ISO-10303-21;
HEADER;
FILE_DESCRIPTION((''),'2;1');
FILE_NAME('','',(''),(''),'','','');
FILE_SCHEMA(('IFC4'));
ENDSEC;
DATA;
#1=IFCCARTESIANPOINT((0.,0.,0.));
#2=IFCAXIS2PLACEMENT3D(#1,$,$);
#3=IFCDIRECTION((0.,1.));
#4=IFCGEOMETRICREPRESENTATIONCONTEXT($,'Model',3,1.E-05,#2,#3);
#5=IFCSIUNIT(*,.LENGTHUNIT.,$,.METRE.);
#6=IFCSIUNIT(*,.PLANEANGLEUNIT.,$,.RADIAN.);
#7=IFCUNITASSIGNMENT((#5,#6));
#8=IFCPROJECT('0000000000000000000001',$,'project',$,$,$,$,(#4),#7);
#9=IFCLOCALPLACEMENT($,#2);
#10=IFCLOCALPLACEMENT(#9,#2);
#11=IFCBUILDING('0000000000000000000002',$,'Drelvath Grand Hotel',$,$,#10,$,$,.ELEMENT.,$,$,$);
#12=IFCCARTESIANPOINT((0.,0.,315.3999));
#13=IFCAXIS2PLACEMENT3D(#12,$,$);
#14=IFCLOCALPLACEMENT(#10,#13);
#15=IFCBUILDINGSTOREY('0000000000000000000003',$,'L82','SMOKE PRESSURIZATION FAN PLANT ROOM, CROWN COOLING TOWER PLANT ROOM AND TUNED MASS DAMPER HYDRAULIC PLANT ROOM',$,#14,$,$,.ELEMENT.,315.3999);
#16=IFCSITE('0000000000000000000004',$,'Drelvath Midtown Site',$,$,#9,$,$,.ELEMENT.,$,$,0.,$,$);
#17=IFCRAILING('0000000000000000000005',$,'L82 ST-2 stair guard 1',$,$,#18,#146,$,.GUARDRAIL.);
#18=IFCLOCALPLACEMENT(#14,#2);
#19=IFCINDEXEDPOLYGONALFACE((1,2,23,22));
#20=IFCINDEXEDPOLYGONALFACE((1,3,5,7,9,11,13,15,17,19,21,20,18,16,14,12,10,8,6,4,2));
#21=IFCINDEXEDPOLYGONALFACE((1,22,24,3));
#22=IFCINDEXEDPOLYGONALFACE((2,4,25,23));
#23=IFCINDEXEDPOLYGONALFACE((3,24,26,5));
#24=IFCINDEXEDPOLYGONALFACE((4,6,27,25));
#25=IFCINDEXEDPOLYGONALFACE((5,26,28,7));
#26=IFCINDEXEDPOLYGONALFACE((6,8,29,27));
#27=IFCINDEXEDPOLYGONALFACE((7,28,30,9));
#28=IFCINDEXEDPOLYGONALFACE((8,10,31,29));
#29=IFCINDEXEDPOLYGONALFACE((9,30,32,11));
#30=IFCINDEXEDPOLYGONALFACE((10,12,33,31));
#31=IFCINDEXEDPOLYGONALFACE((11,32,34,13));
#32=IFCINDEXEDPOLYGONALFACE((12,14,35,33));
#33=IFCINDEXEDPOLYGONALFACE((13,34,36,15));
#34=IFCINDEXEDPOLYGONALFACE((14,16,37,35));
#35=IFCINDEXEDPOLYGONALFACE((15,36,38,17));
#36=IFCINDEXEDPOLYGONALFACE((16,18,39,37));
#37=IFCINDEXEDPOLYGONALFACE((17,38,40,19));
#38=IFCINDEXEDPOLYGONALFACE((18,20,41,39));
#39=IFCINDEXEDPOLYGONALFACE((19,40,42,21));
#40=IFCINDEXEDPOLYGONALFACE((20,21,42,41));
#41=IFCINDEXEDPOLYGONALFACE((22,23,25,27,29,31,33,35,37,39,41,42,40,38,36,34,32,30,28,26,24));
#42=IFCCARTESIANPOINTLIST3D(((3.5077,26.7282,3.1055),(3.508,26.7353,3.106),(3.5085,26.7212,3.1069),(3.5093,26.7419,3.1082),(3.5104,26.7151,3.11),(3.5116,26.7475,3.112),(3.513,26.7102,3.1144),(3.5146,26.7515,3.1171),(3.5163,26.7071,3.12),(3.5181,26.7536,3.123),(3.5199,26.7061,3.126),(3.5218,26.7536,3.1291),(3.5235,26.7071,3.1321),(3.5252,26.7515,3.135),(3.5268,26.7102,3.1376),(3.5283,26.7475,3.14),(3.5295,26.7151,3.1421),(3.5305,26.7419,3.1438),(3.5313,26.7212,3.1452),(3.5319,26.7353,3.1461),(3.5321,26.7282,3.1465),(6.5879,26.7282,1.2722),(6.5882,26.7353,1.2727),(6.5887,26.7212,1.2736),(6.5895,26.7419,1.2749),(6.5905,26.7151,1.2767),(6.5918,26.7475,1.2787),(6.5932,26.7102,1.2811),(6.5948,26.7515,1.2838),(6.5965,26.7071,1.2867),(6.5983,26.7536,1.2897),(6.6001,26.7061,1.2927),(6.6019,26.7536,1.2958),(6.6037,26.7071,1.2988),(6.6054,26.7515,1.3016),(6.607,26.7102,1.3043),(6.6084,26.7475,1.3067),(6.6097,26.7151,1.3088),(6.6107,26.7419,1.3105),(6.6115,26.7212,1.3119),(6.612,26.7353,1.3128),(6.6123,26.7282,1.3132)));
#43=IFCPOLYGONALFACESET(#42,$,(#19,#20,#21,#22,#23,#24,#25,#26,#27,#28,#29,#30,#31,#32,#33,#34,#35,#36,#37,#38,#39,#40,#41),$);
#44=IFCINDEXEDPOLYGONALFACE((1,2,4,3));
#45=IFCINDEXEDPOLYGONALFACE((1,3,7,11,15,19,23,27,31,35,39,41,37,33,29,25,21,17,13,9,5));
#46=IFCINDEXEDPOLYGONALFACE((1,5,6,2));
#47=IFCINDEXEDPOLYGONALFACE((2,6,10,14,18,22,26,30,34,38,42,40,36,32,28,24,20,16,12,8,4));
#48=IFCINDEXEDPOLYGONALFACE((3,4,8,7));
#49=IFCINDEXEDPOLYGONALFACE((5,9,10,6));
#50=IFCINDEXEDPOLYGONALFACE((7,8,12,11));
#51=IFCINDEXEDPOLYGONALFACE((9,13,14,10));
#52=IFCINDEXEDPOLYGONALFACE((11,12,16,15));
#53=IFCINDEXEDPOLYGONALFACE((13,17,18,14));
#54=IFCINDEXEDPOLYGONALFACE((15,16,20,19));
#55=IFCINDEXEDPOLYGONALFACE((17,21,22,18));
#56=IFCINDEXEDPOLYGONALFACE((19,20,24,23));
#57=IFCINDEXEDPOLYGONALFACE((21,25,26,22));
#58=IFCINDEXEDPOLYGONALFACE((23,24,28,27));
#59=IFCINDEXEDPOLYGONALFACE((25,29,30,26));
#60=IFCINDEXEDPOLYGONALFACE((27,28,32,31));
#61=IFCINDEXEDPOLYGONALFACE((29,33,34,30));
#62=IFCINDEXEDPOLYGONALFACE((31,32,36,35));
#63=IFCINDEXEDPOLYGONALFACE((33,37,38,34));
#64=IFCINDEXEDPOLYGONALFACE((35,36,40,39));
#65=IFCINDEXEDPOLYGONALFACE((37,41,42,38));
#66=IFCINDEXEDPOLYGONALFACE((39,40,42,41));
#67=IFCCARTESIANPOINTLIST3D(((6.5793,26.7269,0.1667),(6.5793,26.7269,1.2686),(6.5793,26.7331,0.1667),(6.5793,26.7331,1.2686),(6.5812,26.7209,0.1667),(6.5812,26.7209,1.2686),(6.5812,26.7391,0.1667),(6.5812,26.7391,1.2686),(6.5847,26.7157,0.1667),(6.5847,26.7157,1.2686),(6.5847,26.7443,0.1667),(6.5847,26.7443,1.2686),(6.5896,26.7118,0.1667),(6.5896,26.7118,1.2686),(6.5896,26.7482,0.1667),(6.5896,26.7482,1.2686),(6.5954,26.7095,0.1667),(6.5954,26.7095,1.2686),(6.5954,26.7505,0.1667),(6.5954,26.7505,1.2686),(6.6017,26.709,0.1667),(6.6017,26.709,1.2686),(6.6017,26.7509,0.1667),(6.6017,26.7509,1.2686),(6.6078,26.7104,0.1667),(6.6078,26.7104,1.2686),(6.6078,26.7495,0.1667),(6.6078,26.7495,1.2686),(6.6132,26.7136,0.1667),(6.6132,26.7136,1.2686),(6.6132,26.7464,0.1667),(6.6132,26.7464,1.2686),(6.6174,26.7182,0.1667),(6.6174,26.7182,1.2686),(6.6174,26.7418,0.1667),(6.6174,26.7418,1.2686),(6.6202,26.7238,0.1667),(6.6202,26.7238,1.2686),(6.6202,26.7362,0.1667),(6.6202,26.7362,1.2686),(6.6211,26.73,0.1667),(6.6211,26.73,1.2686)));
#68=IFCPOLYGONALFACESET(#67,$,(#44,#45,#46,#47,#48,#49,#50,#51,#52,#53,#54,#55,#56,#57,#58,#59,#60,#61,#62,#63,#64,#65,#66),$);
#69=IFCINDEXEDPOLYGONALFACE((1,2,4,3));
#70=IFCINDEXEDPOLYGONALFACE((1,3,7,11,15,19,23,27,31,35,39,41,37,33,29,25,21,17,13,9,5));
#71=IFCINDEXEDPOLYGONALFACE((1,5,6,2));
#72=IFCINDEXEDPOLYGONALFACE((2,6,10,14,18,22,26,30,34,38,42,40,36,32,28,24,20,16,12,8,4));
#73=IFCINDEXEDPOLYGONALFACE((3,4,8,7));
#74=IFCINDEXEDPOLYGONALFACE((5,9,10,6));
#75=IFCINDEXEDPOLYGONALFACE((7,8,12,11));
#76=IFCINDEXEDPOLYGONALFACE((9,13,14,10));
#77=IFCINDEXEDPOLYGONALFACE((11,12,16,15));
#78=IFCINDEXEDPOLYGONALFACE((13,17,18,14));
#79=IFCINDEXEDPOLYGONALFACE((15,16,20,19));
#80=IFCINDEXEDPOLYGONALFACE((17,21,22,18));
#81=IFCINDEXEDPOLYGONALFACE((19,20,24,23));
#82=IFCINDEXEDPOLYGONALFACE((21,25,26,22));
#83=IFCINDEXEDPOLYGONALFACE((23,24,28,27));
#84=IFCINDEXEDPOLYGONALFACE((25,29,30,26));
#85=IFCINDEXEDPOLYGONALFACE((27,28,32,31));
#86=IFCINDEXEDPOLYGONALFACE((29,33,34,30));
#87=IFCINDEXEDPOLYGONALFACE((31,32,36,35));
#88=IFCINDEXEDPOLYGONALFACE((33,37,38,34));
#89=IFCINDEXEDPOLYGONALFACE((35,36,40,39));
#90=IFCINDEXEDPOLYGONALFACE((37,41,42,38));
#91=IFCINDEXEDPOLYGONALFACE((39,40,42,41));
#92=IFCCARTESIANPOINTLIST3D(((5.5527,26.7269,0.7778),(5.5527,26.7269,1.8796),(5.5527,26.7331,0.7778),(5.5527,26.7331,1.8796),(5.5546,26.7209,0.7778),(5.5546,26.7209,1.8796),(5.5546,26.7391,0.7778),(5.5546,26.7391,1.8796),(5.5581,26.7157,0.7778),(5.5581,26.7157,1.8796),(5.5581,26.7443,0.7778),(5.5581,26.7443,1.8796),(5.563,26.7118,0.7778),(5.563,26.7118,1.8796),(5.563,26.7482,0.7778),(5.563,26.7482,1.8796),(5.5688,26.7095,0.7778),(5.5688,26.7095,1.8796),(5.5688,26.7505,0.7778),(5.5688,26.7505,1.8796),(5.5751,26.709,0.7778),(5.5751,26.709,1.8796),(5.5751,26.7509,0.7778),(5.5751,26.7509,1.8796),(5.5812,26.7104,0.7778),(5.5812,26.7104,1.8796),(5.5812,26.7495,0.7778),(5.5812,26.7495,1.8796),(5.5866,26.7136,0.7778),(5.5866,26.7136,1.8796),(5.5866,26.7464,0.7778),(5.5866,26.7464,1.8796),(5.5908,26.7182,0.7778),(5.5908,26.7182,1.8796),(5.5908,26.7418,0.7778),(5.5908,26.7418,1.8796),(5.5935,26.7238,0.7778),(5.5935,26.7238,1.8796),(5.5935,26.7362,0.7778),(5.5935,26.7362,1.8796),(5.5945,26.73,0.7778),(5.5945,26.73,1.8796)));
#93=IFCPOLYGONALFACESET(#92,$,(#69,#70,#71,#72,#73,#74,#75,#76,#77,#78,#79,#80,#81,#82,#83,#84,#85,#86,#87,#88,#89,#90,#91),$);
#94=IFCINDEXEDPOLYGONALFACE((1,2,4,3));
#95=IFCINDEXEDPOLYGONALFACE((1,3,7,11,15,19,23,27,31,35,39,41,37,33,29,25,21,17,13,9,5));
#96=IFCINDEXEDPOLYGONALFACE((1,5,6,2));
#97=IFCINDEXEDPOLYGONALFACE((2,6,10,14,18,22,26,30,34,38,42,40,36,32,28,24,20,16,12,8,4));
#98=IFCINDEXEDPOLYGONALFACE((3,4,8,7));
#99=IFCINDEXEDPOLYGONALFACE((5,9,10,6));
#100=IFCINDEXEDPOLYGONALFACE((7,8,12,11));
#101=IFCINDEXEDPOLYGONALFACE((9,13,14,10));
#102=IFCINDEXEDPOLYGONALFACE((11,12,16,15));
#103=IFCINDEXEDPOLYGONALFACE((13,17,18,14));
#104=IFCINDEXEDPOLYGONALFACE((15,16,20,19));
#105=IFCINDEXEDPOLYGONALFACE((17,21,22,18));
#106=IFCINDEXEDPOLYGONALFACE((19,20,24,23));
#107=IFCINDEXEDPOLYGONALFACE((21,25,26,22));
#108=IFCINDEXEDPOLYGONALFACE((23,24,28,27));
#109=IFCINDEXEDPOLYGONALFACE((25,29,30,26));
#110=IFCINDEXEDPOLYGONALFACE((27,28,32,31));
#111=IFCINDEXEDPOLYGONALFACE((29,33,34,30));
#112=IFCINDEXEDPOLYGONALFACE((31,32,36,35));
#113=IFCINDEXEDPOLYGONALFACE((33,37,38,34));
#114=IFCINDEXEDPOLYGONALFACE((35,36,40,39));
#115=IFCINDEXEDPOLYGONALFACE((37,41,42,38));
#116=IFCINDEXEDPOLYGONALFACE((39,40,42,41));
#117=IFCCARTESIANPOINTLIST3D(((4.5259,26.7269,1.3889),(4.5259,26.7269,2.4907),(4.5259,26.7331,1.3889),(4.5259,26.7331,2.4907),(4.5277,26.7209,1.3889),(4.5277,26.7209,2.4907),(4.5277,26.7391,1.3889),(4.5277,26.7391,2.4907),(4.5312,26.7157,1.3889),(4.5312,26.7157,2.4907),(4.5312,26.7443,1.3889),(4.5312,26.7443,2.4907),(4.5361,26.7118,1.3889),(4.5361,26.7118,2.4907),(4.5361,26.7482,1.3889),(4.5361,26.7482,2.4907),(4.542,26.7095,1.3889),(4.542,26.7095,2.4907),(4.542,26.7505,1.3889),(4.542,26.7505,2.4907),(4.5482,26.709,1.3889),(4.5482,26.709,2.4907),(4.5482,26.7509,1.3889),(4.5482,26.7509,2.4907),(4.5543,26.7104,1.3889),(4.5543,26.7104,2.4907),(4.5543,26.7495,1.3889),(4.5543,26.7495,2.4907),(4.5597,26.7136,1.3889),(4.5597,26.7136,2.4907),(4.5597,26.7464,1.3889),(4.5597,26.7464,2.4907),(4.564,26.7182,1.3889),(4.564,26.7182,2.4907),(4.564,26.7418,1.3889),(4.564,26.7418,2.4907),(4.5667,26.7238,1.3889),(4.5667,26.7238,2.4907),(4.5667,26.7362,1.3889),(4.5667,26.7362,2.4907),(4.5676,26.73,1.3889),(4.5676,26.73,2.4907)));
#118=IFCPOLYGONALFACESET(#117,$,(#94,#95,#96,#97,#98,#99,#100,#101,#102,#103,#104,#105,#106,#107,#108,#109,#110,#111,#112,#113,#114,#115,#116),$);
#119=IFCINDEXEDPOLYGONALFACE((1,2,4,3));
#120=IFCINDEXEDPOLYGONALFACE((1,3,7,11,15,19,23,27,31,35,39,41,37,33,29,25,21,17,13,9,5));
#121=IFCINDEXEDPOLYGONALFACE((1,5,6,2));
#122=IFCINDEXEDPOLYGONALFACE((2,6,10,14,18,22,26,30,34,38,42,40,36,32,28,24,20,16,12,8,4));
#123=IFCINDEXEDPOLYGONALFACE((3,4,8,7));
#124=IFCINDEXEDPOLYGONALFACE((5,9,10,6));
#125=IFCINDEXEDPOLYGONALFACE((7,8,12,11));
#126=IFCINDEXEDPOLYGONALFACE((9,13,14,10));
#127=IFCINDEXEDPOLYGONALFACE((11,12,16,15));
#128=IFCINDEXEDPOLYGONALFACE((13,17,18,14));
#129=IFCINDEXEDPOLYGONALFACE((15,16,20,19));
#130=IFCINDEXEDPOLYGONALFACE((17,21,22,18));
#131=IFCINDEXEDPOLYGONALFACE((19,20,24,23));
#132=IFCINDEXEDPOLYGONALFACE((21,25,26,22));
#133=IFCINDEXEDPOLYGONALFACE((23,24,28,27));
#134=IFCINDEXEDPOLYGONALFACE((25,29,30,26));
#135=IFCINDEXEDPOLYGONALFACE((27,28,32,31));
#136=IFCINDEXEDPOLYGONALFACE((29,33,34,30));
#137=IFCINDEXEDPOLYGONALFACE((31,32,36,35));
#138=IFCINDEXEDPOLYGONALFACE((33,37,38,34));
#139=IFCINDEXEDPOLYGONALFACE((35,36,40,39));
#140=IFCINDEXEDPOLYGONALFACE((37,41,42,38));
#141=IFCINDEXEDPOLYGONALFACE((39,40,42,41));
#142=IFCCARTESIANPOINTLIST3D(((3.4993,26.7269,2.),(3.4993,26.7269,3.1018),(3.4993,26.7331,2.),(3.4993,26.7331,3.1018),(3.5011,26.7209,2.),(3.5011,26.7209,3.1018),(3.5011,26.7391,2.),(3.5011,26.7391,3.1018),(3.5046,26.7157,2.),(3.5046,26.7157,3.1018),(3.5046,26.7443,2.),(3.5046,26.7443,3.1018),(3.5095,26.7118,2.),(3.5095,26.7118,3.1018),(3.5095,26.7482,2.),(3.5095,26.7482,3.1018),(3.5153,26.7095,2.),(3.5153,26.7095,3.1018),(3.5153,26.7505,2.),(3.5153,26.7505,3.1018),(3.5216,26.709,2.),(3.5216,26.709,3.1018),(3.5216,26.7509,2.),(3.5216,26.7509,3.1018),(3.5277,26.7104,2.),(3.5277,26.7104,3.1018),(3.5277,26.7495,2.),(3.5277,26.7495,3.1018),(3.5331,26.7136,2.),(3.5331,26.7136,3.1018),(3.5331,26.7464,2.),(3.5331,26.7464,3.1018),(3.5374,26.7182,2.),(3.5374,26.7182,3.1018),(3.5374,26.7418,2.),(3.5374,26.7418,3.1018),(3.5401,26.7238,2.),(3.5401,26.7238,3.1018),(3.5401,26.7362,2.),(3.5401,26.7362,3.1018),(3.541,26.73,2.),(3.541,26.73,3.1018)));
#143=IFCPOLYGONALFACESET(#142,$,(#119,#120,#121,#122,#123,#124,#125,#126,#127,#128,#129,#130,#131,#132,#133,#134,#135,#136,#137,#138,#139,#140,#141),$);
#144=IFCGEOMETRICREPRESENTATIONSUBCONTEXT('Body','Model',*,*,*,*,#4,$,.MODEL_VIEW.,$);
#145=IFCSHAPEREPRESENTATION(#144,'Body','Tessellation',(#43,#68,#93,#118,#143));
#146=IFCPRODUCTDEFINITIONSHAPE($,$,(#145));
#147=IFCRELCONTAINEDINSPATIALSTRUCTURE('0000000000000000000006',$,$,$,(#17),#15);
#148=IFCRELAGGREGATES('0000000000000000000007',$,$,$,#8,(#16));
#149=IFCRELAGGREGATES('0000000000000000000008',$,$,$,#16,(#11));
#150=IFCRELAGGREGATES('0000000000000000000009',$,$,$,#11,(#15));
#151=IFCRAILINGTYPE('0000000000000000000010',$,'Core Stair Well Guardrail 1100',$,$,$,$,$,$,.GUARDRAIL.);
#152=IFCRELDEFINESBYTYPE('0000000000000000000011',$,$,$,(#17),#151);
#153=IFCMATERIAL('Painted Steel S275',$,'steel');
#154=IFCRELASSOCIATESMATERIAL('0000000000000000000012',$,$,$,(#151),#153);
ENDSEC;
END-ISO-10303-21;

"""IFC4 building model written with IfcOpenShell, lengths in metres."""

from ifc_helpers import new_model, si_unit, direction, frame, origin, origin_2d, place, context, subcontext, project, spatial, circle, extrude, material, type_object, element, save


model = new_model("IFC4")

# Units and contexts
model_context = context("Model", 3, precision=1e-05, world=origin(), true_north=direction((0.0, 1.0)))
body_context = subcontext(model_context, "Body", "Model", "MODEL_VIEW")
ifc_project = project(units=[si_unit("LENGTHUNIT", "METRE"), si_unit("PLANEANGLEUNIT", "RADIAN")], contexts=[model_context])

# Site, building, storey
site_placement = place(None, origin())
site = spatial("IfcSite", under=ifc_project, at=site_placement, Name="Drelvath Midtown Site", CompositionType="ELEMENT", RefElevation=0.0)
building_placement = place(site_placement, origin())
building = spatial("IfcBuilding", under=site, at=building_placement, Name="Drelvath Grand Hotel", CompositionType="ELEMENT")
storey_placement = place(building_placement, frame((0.0, 0.0, 315.3999)))
storey = spatial("IfcBuildingStorey", under=building, at=storey_placement, Name="L82", Description="SMOKE PRESSURIZATION FAN PLANT ROOM, CROWN COOLING TOWER PLANT ROOM AND TUNED MASS DAMPER HYDRAULIC PLANT ROOM", CompositionType="ELEMENT", Elevation=315.3999)

# Shared definitions
ifc_material_1 = material(Name="Painted Steel S275", Category="steel")

# Railing
railing_type_1 = type_object("IfcRailingType", Name="Core Stair Well Guardrail 1100", PredefinedType="GUARDRAIL", material=ifc_material_1)
railing_1_placement = place(storey_placement, frame((6.6001, 26.73, 0.1667)))
element("IfcRailing", 1, at=railing_1_placement, inside=storey, type_object=railing_type_1, Name="L82 ST-2 stair guard 1", PredefinedType="GUARDRAIL", context=body_context, shape_type="SweptSolid", body=[
    extrude(circle(Radius=0.0239, at=origin_2d()), frame((0.0, 0.0, 1.126), z_axis=(-0.859309, 0.0, 0.511458), x_axis=(0.0, -1.0, 0.0)), (0.0, 0.0, 1.0), 3.5845),
    extrude(circle(Radius=0.021, at=origin_2d()), origin(), (0.0, 0.0, 1.0), 1.1018),
    extrude(circle(Radius=0.021, at=origin_2d()), frame((-1.0266, 0.0, 0.6111)), (0.0, 0.0, 1.0), 1.1018),
    extrude(circle(Radius=0.021, at=origin_2d()), frame((-2.0535, 0.0, 1.2222)), (0.0, 0.0, 1.0), 1.1018),
    extrude(circle(Radius=0.021, at=origin_2d()), frame((-3.0801, 0.0, 1.8333)), (0.0, 0.0, 1.0), 1.1018),
])

save(model, "model.ifc")
